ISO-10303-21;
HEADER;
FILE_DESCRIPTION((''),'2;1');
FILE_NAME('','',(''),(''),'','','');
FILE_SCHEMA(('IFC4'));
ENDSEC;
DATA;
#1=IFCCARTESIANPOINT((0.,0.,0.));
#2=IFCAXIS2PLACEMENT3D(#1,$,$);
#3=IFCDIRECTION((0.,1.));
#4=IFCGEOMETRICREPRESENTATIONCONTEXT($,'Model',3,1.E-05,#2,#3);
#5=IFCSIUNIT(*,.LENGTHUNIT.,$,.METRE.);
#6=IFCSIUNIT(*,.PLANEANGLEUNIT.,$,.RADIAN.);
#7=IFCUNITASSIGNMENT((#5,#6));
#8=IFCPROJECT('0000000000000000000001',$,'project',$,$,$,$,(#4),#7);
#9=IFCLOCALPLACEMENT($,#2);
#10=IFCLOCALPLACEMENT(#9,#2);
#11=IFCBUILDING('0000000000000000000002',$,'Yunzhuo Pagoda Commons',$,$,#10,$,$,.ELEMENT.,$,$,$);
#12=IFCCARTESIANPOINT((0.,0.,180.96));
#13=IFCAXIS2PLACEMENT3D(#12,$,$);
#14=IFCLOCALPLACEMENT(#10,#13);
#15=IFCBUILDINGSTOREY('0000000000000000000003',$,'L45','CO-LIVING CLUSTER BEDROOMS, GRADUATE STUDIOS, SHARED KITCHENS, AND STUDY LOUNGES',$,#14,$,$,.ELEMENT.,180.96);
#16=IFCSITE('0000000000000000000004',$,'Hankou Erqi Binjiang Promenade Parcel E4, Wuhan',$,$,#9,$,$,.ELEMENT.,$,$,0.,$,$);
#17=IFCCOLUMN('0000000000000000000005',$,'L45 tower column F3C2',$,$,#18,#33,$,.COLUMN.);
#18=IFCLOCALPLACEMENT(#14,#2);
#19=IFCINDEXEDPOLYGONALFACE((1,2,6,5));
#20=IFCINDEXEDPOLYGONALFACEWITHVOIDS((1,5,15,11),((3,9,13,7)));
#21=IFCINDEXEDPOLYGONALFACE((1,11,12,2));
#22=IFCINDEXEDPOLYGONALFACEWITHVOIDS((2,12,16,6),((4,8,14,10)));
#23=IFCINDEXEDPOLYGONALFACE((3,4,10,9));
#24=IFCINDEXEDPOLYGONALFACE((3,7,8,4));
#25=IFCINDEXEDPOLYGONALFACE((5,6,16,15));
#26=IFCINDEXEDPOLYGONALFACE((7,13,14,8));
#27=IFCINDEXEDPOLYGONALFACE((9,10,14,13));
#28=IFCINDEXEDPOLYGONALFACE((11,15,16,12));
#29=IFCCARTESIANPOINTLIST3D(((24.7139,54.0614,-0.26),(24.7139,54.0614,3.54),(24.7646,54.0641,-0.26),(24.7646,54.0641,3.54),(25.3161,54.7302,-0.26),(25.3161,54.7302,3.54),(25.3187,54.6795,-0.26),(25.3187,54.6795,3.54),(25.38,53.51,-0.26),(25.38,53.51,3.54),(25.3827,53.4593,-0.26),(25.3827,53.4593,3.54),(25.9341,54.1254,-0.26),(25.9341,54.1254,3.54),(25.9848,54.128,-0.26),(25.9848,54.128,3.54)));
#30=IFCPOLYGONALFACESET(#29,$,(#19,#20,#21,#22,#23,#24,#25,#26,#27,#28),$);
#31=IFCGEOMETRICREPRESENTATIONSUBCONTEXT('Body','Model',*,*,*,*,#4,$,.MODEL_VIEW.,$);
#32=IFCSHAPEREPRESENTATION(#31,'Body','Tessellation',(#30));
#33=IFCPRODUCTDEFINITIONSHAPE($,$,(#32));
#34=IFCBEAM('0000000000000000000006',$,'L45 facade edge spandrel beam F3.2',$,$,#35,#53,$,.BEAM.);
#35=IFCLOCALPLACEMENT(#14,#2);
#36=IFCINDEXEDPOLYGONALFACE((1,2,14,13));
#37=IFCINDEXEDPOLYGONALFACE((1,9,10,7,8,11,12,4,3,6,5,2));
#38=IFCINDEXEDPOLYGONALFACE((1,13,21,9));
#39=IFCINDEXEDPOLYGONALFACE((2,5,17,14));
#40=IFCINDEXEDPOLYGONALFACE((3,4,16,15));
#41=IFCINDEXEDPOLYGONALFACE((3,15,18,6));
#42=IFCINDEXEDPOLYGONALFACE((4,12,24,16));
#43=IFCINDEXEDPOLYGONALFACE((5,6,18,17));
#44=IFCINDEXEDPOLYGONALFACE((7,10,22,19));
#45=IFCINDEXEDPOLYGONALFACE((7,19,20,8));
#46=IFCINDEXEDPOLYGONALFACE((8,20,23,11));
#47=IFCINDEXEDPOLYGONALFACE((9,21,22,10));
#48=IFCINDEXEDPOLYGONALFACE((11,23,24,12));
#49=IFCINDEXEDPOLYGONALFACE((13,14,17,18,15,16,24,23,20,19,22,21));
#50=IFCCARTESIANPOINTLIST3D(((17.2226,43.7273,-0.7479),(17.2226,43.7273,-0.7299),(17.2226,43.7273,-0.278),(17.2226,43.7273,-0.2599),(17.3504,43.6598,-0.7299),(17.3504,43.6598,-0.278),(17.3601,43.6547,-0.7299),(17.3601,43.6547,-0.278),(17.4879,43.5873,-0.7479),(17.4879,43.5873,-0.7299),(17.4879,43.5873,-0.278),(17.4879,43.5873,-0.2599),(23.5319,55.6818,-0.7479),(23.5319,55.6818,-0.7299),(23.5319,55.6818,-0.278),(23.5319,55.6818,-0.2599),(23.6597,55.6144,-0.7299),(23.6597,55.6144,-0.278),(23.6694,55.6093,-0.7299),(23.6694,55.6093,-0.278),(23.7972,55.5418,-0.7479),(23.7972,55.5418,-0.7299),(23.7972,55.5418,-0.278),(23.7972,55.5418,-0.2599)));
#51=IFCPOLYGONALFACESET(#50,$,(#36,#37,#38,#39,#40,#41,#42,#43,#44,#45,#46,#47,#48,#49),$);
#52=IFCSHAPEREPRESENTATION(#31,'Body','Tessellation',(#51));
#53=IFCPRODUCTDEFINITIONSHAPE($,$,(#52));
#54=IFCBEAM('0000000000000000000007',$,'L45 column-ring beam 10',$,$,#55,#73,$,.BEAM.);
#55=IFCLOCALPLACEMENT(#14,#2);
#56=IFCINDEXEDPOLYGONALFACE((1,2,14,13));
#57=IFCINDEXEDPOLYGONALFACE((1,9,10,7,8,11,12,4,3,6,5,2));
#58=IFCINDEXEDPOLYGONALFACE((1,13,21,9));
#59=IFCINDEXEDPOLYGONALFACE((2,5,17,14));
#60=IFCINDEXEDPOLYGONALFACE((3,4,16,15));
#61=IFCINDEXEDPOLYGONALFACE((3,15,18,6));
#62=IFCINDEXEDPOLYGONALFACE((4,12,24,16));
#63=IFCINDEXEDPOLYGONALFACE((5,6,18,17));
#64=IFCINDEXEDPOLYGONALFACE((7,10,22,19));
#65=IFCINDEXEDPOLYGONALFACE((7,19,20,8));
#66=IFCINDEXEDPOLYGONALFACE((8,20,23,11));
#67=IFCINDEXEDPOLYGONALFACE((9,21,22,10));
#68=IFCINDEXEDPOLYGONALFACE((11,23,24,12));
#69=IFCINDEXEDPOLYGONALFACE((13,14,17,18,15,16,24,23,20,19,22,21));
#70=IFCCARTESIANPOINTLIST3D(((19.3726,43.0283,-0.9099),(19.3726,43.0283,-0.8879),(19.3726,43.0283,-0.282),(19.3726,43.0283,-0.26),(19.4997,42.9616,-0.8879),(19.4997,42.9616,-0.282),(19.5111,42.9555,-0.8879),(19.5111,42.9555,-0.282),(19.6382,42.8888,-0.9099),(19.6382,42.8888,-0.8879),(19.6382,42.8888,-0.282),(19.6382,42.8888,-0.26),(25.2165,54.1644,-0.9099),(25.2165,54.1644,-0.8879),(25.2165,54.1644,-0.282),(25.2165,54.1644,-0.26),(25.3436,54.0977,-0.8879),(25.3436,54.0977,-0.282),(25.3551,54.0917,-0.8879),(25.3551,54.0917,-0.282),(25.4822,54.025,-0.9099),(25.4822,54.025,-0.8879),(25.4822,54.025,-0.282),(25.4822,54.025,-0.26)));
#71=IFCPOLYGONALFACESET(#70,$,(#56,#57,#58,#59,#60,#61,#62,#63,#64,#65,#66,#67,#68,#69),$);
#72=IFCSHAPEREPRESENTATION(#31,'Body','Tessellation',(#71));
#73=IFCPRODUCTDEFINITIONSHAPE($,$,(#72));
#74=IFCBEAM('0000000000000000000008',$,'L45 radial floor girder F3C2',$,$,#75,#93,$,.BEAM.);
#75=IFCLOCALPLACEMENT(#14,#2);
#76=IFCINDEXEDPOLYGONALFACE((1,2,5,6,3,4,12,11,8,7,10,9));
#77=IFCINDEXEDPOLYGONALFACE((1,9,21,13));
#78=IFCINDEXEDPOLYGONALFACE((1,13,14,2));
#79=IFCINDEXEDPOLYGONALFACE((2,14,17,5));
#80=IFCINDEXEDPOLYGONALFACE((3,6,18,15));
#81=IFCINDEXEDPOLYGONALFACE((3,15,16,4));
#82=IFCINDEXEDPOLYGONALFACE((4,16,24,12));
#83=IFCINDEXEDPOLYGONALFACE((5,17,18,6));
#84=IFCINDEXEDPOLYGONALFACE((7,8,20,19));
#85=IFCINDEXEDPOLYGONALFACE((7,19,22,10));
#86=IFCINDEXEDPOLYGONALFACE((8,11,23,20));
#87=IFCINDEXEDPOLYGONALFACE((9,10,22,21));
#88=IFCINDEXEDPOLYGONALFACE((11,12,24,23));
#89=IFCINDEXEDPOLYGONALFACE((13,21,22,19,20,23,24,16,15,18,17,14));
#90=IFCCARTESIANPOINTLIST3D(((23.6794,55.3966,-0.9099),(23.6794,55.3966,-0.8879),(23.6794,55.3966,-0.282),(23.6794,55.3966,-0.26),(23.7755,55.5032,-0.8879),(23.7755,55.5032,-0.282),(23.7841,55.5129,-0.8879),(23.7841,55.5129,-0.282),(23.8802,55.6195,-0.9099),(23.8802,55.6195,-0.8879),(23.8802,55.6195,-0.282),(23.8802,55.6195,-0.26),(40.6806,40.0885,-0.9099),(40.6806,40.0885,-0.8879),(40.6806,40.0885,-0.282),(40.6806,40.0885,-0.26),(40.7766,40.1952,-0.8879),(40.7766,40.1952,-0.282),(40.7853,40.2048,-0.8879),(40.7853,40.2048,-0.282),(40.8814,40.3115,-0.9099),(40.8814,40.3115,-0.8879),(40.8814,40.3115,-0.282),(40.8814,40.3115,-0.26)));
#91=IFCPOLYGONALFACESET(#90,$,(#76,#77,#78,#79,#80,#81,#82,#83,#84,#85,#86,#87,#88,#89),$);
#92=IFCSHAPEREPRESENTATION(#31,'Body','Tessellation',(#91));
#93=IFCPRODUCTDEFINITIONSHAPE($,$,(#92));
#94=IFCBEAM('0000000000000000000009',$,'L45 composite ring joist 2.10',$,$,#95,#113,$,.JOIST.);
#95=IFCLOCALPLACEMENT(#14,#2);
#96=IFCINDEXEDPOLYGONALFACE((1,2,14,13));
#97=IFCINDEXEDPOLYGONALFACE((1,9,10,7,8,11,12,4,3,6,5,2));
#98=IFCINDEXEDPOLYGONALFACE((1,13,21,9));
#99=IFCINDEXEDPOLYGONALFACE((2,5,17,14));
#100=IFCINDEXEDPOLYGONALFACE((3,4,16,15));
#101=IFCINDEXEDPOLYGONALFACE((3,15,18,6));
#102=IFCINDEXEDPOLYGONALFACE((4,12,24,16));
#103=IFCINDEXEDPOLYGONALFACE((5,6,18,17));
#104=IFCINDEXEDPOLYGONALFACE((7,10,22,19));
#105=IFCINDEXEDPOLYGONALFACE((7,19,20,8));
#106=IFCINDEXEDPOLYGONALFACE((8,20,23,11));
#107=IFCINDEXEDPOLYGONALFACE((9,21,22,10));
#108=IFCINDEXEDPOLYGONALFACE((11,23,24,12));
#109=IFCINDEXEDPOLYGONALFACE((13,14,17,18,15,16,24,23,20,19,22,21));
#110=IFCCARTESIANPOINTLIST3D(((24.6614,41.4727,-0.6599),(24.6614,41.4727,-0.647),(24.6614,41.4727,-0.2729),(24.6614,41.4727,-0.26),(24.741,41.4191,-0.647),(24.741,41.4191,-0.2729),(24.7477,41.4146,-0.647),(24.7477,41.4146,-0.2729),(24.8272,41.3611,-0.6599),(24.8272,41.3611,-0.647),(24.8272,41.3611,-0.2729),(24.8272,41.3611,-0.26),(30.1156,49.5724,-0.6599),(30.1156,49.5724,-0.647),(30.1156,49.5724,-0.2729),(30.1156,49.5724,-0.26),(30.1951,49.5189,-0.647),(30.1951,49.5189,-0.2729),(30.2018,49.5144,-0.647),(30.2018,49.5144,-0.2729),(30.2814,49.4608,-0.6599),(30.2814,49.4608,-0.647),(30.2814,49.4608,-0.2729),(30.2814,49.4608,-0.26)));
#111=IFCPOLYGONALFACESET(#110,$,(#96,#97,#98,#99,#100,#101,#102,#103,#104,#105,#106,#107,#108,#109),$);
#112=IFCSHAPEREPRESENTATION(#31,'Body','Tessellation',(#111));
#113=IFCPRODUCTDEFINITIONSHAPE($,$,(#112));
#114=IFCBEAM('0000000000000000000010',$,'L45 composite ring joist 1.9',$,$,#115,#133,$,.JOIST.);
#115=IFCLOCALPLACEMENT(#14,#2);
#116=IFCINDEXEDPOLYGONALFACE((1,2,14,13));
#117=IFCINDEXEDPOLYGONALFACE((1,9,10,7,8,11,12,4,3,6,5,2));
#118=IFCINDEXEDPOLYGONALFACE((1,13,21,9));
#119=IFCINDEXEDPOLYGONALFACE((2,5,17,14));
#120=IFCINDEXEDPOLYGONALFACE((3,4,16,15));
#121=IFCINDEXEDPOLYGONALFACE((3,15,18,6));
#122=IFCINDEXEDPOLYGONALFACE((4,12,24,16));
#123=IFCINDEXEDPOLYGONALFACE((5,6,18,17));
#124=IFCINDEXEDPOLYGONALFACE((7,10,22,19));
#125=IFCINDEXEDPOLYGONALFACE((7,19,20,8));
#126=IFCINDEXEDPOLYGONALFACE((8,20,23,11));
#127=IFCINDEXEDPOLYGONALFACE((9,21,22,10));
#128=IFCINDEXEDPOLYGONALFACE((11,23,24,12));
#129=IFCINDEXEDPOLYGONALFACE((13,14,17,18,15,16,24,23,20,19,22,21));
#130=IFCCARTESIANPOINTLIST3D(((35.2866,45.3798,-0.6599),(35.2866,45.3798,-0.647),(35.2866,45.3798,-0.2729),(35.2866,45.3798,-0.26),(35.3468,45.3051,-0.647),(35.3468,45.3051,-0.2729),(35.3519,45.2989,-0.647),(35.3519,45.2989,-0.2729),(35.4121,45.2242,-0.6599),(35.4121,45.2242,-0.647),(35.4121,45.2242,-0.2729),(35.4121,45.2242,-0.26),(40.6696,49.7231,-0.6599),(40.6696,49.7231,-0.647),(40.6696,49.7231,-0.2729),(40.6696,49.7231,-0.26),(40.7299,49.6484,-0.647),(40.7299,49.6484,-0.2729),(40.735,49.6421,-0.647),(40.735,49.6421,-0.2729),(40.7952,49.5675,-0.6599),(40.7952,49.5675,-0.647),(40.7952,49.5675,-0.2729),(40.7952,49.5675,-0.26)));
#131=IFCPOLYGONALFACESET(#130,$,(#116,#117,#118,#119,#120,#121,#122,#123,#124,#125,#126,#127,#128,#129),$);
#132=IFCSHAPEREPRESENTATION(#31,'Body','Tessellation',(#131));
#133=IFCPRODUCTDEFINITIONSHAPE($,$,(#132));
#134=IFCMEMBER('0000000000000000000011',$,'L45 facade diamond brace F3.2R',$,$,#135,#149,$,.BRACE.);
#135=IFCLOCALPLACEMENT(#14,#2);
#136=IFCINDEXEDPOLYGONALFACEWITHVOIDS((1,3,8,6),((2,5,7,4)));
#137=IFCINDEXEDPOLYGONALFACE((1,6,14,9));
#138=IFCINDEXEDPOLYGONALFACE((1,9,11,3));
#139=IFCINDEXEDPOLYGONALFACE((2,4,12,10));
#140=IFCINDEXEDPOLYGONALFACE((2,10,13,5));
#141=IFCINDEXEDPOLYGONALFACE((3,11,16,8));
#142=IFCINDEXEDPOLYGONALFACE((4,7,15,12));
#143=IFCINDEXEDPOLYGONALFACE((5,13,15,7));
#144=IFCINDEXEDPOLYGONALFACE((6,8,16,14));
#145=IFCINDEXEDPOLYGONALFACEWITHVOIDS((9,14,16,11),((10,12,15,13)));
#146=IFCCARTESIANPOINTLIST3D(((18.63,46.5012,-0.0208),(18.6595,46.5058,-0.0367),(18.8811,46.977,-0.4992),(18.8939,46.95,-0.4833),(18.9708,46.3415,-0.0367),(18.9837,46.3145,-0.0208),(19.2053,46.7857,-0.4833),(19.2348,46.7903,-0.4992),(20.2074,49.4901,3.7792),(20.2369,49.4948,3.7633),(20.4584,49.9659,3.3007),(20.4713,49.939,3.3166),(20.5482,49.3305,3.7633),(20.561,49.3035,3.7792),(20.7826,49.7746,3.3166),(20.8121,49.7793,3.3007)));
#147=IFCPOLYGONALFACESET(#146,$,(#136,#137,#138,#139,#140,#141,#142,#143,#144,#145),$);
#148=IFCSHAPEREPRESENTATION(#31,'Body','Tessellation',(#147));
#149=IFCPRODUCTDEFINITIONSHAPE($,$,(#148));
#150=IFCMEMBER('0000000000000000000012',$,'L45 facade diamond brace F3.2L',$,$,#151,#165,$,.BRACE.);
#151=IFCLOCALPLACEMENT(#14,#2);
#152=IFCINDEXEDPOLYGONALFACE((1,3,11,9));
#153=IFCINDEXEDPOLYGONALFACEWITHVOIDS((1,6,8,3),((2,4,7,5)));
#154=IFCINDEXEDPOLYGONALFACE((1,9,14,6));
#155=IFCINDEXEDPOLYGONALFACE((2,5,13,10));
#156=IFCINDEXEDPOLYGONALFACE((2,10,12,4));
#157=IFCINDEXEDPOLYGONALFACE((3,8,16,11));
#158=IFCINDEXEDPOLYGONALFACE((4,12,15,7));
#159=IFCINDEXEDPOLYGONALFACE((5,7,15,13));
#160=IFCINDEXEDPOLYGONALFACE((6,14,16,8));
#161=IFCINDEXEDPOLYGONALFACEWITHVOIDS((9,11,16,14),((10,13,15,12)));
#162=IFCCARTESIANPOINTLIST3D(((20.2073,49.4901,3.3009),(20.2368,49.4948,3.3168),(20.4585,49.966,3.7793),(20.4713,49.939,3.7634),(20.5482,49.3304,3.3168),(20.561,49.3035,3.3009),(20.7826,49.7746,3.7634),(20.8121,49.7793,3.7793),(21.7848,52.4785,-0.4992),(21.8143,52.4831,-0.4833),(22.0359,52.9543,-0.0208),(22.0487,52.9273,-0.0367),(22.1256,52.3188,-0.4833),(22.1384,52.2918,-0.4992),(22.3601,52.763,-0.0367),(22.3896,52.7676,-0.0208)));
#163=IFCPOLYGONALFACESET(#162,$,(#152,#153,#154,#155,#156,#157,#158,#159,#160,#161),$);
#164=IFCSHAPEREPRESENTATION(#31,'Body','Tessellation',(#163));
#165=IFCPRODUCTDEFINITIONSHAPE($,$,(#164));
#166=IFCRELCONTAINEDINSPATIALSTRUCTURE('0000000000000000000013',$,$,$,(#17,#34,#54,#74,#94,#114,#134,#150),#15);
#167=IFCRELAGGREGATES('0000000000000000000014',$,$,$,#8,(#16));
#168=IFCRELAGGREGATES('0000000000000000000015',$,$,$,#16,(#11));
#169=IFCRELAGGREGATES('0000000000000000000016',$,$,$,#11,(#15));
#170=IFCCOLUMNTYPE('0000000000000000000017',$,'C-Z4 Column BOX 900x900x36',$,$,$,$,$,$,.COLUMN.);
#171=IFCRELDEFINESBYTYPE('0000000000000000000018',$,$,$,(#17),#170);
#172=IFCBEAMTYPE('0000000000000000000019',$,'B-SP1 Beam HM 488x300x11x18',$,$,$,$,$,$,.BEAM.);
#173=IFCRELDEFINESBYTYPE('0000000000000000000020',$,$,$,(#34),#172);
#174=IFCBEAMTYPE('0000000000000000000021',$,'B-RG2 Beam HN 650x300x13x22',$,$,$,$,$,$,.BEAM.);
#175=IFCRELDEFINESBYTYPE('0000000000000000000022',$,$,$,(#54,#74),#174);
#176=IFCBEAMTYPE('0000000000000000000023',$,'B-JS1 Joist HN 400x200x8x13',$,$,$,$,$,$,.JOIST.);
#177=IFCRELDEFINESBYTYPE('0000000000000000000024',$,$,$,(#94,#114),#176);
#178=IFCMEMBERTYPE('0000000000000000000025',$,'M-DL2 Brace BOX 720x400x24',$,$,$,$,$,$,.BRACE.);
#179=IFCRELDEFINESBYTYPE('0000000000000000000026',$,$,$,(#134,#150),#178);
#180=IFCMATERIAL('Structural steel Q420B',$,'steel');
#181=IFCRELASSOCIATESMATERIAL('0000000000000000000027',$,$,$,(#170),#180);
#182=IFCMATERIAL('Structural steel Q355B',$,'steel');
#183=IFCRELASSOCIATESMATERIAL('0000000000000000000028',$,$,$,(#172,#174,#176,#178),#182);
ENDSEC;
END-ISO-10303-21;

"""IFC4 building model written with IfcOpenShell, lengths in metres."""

from ifc_helpers import new_model, si_unit, direction, frame, origin, origin_2d, place, context, subcontext, project, spatial, hollow_rectangle, i_section, extrude, source, transform, mapped, material, material_profile, profile_set, type_object, element, save


model = new_model("IFC4")

# Units and contexts
model_context = context("Model", 3, precision=1e-05, world=origin(), true_north=direction((0.0, 1.0)))
body_context = subcontext(model_context, "Body", "Model", "MODEL_VIEW")
ifc_project = project(units=[si_unit("LENGTHUNIT", "METRE"), si_unit("PLANEANGLEUNIT", "RADIAN")], contexts=[model_context])

# Site, building, storey
site_placement = place(None, origin())
site = spatial("IfcSite", under=ifc_project, at=site_placement, Name="Hankou Erqi Binjiang Promenade Parcel E4, Wuhan", CompositionType="ELEMENT", RefElevation=0.0)
building_placement = place(site_placement, origin())
building = spatial("IfcBuilding", under=site, at=building_placement, Name="Yunzhuo Pagoda Commons", CompositionType="ELEMENT")
storey_placement = place(building_placement, frame((0.0, 0.0, 180.96)))
storey = spatial("IfcBuildingStorey", under=building, at=storey_placement, Name="L45", Description="CO-LIVING CLUSTER BEDROOMS, GRADUATE STUDIOS, SHARED KITCHENS, AND STUDY LOUNGES", CompositionType="ELEMENT", Elevation=180.96)

# Column
ifc_material_1 = material(Name="Structural steel Q420B", Category="steel")
ifc_material_profile_1 = material_profile(ifc_material_1, hollow_rectangle(XDim=0.8999, YDim=0.8999, WallThickness=0.0359, at=origin_2d()), Name="Structural steel Q420B")
ifc_profile_set_1 = profile_set([ifc_material_profile_1], Name="Structural steel Q420B")
column_type = type_object("IfcColumnType", Name="C-Z4 Column BOX 900x900x36", PredefinedType="COLUMN", material=ifc_profile_set_1)
shared_shape_1 = source(origin(), body_context, "Body", "SweptSolid", [
    extrude(hollow_rectangle(XDim=0.8999, YDim=0.8999, WallThickness=0.0359, at=origin_2d()), origin(), (0.0, 0.0, 1.0), 3.8),
])
column_placement = place(storey_placement, frame((25.3494, 54.0947, -0.26), z_axis=(0.0, 0.0, 1.0), x_axis=(-0.669131, -0.743145, 0.0)))
element("IfcColumn", 1, at=column_placement, inside=storey, type_object=column_type, Name="L45 tower column F3C2", PredefinedType="COLUMN", context=body_context, shape_type="MappedRepresentation", body=[
    mapped(shared_shape_1, transform((0.0, 0.0, 0.0), scale=1.0)),
])

# Beams
ifc_material_2 = material(Name="Structural steel Q355B", Category="steel")
ifc_material_profile_2 = material_profile(ifc_material_2, i_section(OverallWidth=0.3, OverallDepth=0.488, WebThickness=0.011, FlangeThickness=0.0181, at=origin_2d()), Name="Structural steel Q355B")
ifc_profile_set_2 = profile_set([ifc_material_profile_2], Name="Structural steel Q355B")
beam_type_1 = type_object("IfcBeamType", Name="B-SP1 Beam HM 488x300x11x18", PredefinedType="BEAM", material=ifc_profile_set_2)
shared_shape_2 = source(origin(), body_context, "Body", "SweptSolid", [
    extrude(i_section(OverallWidth=0.3, OverallDepth=0.488, WebThickness=0.011, FlangeThickness=0.0181, at=origin_2d()), origin(), (0.0, 0.0, 1.0), 13.5173),
])
beam_1_placement = place(storey_placement, frame((23.6646, 55.6118, -0.5039), z_axis=(-0.466756, -0.884386, 0.0), x_axis=(0.884386, -0.466756, 0.0)))
element("IfcBeam", 2, at=beam_1_placement, inside=storey, type_object=beam_type_1, Name="L45 facade edge spandrel beam F3.2", PredefinedType="BEAM", context=body_context, shape_type="MappedRepresentation", body=[
    mapped(shared_shape_2, transform((0.0, 0.0, 0.0), scale=1.0)),
])
ifc_material_profile_3 = material_profile(ifc_material_2, i_section(OverallWidth=0.3, OverallDepth=0.6499, WebThickness=0.0129, FlangeThickness=0.022, at=origin_2d()), Name="Structural steel Q355B")
ifc_profile_set_3 = profile_set([ifc_material_profile_3], Name="Structural steel Q355B")
beam_type_2 = type_object("IfcBeamType", Name="B-RG2 Beam HN 650x300x13x22", PredefinedType="BEAM", material=ifc_profile_set_3)
shared_shape_3 = source(origin(), body_context, "Body", "SweptSolid", [
    extrude(i_section(OverallWidth=0.3, OverallDepth=0.6499, WebThickness=0.0129, FlangeThickness=0.022, at=origin_2d()), origin(), (0.0, 0.0, 1.0), 12.5764),
])
beam_2_placement = place(storey_placement, frame((25.3494, 54.0947, -0.585), z_axis=(-0.464676, -0.885481, 0.0), x_axis=(0.885481, -0.464676, 0.0)))
element("IfcBeam", 3, at=beam_2_placement, inside=storey, type_object=beam_type_2, Name="L45 column-ring beam 10", PredefinedType="BEAM", context=body_context, shape_type="MappedRepresentation", body=[
    mapped(shared_shape_3, transform((0.0, 0.0, 0.0), scale=1.0)),
])
shared_shape_4 = source(origin(), body_context, "Body", "SweptSolid", [
    extrude(i_section(OverallWidth=0.3, OverallDepth=0.6499, WebThickness=0.0129, FlangeThickness=0.022, at=origin_2d()), origin(), (0.0, 0.0, 1.0), 22.8774),
])
beam_3_placement = place(storey_placement, frame((23.7798, 55.5081, -0.585), z_axis=(0.743142, -0.669134, 0.0), x_axis=(0.669134, 0.743142, 0.0)))
element("IfcBeam", 4, at=beam_3_placement, inside=storey, type_object=beam_type_2, Name="L45 radial floor girder F3C2", PredefinedType="BEAM", context=body_context, shape_type="MappedRepresentation", body=[
    mapped(shared_shape_4, transform((0.0, 0.0, 0.0), scale=1.0)),
])
ifc_material_profile_4 = material_profile(ifc_material_2, i_section(OverallWidth=0.2, OverallDepth=0.3999, WebThickness=0.0081, FlangeThickness=0.0129, at=origin_2d()), Name="Structural steel Q355B")
ifc_profile_set_4 = profile_set([ifc_material_profile_4], Name="Structural steel Q355B")
beam_type_3 = type_object("IfcBeamType", Name="B-JS1 Joist HN 400x200x8x13", PredefinedType="JOIST", material=ifc_profile_set_4)
shared_shape_5 = source(origin(), body_context, "Body", "SweptSolid", [
    extrude(i_section(OverallWidth=0.2, OverallDepth=0.3999, WebThickness=0.0081, FlangeThickness=0.0129, at=origin_2d()), origin(), (0.0, 0.0, 1.0), 9.7649),
])
beam_4_placement = place(storey_placement, frame((30.1985, 49.5166, -0.46), z_axis=(-0.558548, -0.829472, 0.0), x_axis=(0.829472, -0.558548, 0.0)))
element("IfcBeam", 5, at=beam_4_placement, inside=storey, type_object=beam_type_3, Name="L45 composite ring joist 2.10", PredefinedType="JOIST", context=body_context, shape_type="MappedRepresentation", body=[
    mapped(shared_shape_5, transform((0.0, 0.0, 0.0), scale=1.0)),
])
shared_shape_6 = source(origin(), body_context, "Body", "SweptSolid", [
    extrude(i_section(OverallWidth=0.2, OverallDepth=0.3999, WebThickness=0.0081, FlangeThickness=0.0129, at=origin_2d()), origin(), (0.0, 0.0, 1.0), 6.9167),
])
beam_5_placement = place(storey_placement, frame((40.7324, 49.6453, -0.46), z_axis=(-0.778266, -0.627935, 0.0), x_axis=(0.627935, -0.778266, 0.0)))
element("IfcBeam", 6, at=beam_5_placement, inside=storey, type_object=beam_type_3, Name="L45 composite ring joist 1.9", PredefinedType="JOIST", context=body_context, shape_type="MappedRepresentation", body=[
    mapped(shared_shape_6, transform((0.0, 0.0, 0.0), scale=1.0)),
])

# Members
ifc_material_profile_5 = material_profile(ifc_material_2, hollow_rectangle(XDim=0.3999, YDim=0.72, WallThickness=0.0239, at=origin_2d()), Name="Structural steel Q355B")
ifc_profile_set_5 = profile_set([ifc_material_profile_5], Name="Structural steel Q355B")
member_type_1 = type_object("IfcMemberType", Name="M-DL2 Brace BOX 720x400x24", PredefinedType="BRACE", material=ifc_profile_set_5)
shared_shape_7 = source(origin(), body_context, "Body", "SweptSolid", [
    extrude(hollow_rectangle(XDim=0.3999, YDim=0.72, WallThickness=0.0239, at=origin_2d()), origin(), (0.0, 0.0, 1.0), 5.0854),
])
member_1_placement = place(storey_placement, frame((18.9324, 46.6458, -0.26), z_axis=(0.310172, 0.587747, 0.747226), x_axis=(-0.884402, 0.466726, 0.0)))
element("IfcMember", 7, at=member_1_placement, inside=storey, type_object=member_type_1, Name="L45 facade diamond brace F3.2R", PredefinedType="BRACE", context=body_context, shape_type="MappedRepresentation", body=[
    mapped(shared_shape_7, transform((0.0, 0.0, 0.0), scale=1.0)),
])
shared_shape_8 = source(origin(), body_context, "Body", "SweptSolid", [
    extrude(hollow_rectangle(XDim=0.3999, YDim=0.72, WallThickness=0.0239, at=origin_2d()), origin(), (0.0, 0.0, 1.0), 5.0852),
])
member_2_placement = place(storey_placement, frame((22.0872, 52.623, -0.26), z_axis=(-0.310198, -0.587653, 0.747289), x_axis=(0.884355, -0.466815, 0.0)))
element("IfcMember", 8, at=member_2_placement, inside=storey, type_object=member_type_1, Name="L45 facade diamond brace F3.2L", PredefinedType="BRACE", context=body_context, shape_type="MappedRepresentation", body=[
    mapped(shared_shape_8, transform((0.0, 0.0, 0.0), scale=1.0)),
])

save(model, "model.ifc")
